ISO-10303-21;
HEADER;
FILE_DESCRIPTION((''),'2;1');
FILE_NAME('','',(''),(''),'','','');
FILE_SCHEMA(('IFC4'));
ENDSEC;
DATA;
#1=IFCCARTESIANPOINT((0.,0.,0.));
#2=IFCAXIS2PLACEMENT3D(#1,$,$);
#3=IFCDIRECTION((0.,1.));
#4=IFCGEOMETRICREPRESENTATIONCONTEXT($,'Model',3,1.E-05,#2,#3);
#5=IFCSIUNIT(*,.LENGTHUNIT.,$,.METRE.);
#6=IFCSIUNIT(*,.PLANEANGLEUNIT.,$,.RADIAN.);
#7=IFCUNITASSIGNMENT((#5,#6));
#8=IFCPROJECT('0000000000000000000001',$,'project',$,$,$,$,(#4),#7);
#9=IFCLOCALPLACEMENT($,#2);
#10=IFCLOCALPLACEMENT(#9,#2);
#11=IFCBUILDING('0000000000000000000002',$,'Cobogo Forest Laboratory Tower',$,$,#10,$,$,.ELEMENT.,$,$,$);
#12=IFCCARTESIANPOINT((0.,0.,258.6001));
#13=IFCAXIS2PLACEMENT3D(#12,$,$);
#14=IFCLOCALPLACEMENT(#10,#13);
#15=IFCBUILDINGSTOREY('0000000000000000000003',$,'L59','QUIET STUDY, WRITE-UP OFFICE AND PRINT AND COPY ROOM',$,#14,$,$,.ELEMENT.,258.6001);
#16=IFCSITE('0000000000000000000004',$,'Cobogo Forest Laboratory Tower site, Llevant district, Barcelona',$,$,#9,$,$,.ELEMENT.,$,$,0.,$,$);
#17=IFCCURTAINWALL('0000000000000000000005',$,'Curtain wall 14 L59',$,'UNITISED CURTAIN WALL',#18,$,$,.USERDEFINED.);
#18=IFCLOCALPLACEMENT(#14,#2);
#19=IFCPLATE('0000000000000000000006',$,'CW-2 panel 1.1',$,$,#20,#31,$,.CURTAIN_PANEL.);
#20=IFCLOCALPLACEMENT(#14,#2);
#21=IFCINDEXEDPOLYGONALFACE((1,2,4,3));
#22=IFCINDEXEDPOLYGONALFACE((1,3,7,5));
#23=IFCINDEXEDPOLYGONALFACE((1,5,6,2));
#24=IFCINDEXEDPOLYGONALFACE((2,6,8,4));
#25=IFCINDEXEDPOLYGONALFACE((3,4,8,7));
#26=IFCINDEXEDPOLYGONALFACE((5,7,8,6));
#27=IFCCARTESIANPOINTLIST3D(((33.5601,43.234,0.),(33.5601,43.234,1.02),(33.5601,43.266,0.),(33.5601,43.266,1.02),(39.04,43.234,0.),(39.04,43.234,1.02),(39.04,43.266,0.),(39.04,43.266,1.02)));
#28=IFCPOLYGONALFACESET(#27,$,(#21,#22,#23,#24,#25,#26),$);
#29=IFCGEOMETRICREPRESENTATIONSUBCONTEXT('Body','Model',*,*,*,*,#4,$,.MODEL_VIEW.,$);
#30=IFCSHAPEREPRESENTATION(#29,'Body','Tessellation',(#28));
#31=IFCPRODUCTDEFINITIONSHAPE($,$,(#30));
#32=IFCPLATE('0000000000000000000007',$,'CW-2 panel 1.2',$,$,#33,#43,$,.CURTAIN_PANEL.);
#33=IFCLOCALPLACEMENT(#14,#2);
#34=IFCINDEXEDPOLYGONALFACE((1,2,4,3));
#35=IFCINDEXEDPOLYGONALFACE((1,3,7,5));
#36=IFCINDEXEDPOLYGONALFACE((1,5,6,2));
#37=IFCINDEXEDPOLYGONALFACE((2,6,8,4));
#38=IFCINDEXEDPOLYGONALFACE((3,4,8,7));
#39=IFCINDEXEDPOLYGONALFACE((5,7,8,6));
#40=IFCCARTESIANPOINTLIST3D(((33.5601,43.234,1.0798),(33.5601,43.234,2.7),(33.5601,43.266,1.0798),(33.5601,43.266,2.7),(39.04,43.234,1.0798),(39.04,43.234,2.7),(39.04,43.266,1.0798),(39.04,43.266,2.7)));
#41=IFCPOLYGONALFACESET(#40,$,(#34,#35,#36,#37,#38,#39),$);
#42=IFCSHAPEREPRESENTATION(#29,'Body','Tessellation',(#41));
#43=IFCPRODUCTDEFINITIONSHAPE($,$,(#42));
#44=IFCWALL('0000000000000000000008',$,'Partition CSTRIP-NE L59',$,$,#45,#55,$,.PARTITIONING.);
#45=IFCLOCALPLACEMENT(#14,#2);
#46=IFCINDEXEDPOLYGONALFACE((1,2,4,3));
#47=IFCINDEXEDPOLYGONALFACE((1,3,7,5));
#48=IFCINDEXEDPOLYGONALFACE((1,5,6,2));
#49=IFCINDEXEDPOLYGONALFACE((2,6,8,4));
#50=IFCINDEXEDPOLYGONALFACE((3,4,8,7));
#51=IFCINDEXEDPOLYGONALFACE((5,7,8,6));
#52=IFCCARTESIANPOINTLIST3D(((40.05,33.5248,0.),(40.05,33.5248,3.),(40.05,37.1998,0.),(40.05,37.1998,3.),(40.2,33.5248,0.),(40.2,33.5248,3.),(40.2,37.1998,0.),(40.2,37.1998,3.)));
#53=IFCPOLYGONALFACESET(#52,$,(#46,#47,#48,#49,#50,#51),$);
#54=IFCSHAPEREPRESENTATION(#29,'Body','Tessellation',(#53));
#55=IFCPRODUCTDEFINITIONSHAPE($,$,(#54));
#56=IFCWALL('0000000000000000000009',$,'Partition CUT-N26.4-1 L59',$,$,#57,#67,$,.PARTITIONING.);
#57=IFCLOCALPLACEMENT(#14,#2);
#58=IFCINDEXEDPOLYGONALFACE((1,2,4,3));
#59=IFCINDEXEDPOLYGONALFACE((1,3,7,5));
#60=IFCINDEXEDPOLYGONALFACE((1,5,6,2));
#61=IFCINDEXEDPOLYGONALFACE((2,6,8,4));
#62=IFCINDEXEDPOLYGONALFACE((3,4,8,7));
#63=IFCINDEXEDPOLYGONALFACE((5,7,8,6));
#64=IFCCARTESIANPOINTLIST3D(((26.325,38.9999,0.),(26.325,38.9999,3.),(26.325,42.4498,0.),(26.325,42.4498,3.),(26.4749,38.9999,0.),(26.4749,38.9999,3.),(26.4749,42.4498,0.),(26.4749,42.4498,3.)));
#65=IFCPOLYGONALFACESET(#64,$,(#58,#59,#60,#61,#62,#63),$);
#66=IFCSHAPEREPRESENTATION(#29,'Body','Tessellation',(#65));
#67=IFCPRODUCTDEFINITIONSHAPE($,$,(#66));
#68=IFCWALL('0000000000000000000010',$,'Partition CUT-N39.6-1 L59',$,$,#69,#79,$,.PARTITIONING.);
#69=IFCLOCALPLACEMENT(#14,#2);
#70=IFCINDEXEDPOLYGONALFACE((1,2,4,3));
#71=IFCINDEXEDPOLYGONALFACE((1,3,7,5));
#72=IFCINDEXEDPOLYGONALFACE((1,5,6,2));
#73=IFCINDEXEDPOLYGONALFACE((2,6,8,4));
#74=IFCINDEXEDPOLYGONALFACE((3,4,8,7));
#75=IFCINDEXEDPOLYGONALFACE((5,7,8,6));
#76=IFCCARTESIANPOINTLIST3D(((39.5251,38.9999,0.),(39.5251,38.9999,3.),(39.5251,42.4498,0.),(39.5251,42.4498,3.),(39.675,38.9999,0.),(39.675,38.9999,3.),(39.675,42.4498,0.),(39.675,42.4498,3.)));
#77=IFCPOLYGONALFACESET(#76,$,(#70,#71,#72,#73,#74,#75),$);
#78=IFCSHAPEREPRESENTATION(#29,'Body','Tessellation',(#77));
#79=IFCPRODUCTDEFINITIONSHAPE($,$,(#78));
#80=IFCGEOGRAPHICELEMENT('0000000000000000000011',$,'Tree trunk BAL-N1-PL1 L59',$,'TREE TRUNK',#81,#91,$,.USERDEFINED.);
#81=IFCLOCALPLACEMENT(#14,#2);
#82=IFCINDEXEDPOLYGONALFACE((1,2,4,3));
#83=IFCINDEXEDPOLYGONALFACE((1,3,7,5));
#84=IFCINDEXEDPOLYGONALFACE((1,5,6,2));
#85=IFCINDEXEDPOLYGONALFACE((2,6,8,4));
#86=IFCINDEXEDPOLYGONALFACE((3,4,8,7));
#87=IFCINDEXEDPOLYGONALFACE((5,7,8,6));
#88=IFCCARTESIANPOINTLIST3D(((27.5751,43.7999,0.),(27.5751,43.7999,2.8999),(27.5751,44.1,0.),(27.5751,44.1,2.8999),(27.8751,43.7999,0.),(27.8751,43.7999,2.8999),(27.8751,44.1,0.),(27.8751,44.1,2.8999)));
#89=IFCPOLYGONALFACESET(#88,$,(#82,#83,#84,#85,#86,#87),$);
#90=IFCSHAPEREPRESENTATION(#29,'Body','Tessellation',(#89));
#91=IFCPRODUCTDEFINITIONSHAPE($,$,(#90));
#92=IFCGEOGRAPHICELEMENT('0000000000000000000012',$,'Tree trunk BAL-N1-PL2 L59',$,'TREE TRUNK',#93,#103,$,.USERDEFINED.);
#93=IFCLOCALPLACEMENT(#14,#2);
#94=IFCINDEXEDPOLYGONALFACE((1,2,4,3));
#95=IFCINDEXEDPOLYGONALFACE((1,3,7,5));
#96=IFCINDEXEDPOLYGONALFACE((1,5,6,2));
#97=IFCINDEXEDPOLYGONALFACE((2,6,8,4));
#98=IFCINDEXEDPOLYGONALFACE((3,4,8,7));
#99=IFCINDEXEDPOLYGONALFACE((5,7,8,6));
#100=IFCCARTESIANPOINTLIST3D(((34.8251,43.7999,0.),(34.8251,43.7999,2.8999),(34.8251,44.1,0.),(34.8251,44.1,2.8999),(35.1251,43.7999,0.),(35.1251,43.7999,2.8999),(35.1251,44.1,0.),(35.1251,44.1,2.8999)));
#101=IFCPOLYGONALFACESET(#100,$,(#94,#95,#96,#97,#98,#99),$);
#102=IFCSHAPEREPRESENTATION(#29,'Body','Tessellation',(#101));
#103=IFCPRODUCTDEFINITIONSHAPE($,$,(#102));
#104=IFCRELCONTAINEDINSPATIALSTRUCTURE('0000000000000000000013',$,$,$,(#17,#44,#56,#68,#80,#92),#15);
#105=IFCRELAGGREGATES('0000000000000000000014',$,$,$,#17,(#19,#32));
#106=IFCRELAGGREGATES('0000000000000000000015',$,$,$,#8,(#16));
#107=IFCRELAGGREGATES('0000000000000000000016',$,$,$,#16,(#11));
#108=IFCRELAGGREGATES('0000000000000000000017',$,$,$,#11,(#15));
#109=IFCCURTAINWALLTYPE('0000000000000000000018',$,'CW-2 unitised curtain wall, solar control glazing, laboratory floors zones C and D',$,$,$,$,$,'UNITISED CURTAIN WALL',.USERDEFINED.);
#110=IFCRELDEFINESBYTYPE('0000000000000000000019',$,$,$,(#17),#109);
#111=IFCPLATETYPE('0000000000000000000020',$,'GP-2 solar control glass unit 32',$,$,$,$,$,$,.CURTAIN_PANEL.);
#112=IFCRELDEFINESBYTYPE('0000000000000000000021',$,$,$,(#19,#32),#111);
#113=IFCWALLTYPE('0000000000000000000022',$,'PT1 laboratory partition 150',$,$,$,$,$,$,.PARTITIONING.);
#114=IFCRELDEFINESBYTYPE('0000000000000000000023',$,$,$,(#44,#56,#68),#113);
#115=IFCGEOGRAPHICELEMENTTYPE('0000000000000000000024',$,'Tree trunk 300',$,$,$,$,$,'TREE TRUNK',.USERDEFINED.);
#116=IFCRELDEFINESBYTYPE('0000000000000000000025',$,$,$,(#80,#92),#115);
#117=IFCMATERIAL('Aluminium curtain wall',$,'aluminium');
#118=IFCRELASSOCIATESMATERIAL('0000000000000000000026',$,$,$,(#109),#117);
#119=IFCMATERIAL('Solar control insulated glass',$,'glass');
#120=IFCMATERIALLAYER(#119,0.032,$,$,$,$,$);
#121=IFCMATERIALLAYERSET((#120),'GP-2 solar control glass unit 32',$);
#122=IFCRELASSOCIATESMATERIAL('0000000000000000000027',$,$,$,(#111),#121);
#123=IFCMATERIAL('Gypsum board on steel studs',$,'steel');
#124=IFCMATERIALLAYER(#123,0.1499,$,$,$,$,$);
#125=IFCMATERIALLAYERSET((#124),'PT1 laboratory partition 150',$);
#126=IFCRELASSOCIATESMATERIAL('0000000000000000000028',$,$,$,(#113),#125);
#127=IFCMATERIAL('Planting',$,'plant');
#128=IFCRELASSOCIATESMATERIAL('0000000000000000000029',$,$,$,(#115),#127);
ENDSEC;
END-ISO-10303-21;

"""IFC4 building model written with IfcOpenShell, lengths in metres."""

from ifc_helpers import new_model, si_unit, direction, frame, frame_2d, origin, origin_2d, place, context, subcontext, project, spatial, rectangle, extrude, material, layer, layer_set, type_object, element, aggregate, save


model = new_model("IFC4")

# Units and contexts
model_context = context("Model", 3, precision=1e-05, world=origin(), true_north=direction((0.0, 1.0)))
body_context = subcontext(model_context, "Body", "Model", "MODEL_VIEW")
ifc_project = project(units=[si_unit("LENGTHUNIT", "METRE"), si_unit("PLANEANGLEUNIT", "RADIAN")], contexts=[model_context])

# Site, building, storey
site_placement = place(None, origin())
site = spatial("IfcSite", under=ifc_project, at=site_placement, Name="Cobogo Forest Laboratory Tower site, Llevant district, Barcelona", CompositionType="ELEMENT", RefElevation=0.0)
building_placement = place(site_placement, origin())
building = spatial("IfcBuilding", under=site, at=building_placement, Name="Cobogo Forest Laboratory Tower", CompositionType="ELEMENT")
storey_placement = place(building_placement, frame((0.0, 0.0, 258.6001)))
storey = spatial("IfcBuildingStorey", under=building, at=storey_placement, Name="L59", Description="QUIET STUDY, WRITE-UP OFFICE AND PRINT AND COPY ROOM", CompositionType="ELEMENT", Elevation=258.6001)

# Curtain wall
ifc_material_1 = material(Name="Aluminium curtain wall", Category="aluminium")
curtain_wall_type = type_object("IfcCurtainWallType", Name="CW-2 unitised curtain wall, solar control glazing, laboratory floors zones C and D", ElementType="UNITISED CURTAIN WALL", PredefinedType="USERDEFINED", material=ifc_material_1)
curtain_wall_placement = place(storey_placement, origin())
curtain_wall = element("IfcCurtainWall", 1, at=curtain_wall_placement, inside=storey, type_object=curtain_wall_type, Name="Curtain wall 14 L59", ObjectType="UNITISED CURTAIN WALL", PredefinedType="USERDEFINED")

# Plates
ifc_material_2 = material(Name="Solar control insulated glass", Category="glass")
ifc_layer_1 = layer(ifc_material_2, 0.032)
ifc_layer_set_1 = layer_set([ifc_layer_1], Name="GP-2 solar control glass unit 32")
plate_type = type_object("IfcPlateType", Name="GP-2 solar control glass unit 32", PredefinedType="CURTAIN_PANEL", material=ifc_layer_set_1)
plate_1_placement = place(storey_placement, frame((36.3, 43.25, 0.0), z_axis=(0.0, 0.0, 1.0), x_axis=(-1.0, 0.0, 0.0)))
plate_1 = element("IfcPlate", 2, at=plate_1_placement, type_object=plate_type, Name="CW-2 panel 1.1", PredefinedType="CURTAIN_PANEL", context=body_context, shape_type="SweptSolid", body=[
    extrude(rectangle(XDim=5.48, YDim=0.032, at=origin_2d()), origin(), (0.0, 0.0, 1.0), 1.02),
])
plate_2_placement = place(storey_placement, frame((36.3, 43.25, 1.0798), z_axis=(0.0, 0.0, 1.0), x_axis=(-1.0, 0.0, 0.0)))
plate_2 = element("IfcPlate", 3, at=plate_2_placement, type_object=plate_type, Name="CW-2 panel 1.2", PredefinedType="CURTAIN_PANEL", context=body_context, shape_type="SweptSolid", body=[
    extrude(rectangle(XDim=5.48, YDim=0.032, at=origin_2d()), origin(), (0.0, 0.0, 1.0), 1.6201),
])
aggregate(curtain_wall, [plate_1, plate_2])

# Walls
ifc_material_3 = material(Name="Gypsum board on steel studs", Category="steel")
ifc_layer_2 = layer(ifc_material_3, 0.1499)
ifc_layer_set_2 = layer_set([ifc_layer_2], Name="PT1 laboratory partition 150")
wall_type_1 = type_object("IfcWallType", Name="PT1 laboratory partition 150", PredefinedType="PARTITIONING", material=ifc_layer_set_2)
wall_1_placement = place(storey_placement, frame((40.125, 33.5249, 0.0), z_axis=(0.0, 0.0, 1.0), x_axis=(0.0, 1.0, 0.0)))
element("IfcWall", 4, at=wall_1_placement, inside=storey, type_object=wall_type_1, Name="Partition CSTRIP-NE L59", PredefinedType="PARTITIONING", context=body_context, shape_type="SweptSolid", body=[
    extrude(rectangle(XDim=3.675, YDim=0.1499, at=frame_2d((1.8374, 0.0))), origin(), (0.0, 0.0, 1.0), 3.0),
])
for number, where, z_axis, x_axis, name in (
    (5, (26.3999, 42.45, 0.0), (0.0, 0.0, 1.0), (0.0, -1.0, 0.0), "Partition CUT-N26.4-1 L59"),
    (6, (39.6001, 42.45, 0.0), (0.0, 0.0, 1.0), (0.0, -1.0, 0.0), "Partition CUT-N39.6-1 L59"),
):
    element("IfcWall", number, at=place(storey_placement, frame(where, z_axis=z_axis, x_axis=x_axis)), inside=storey, type_object=wall_type_1, Name=name, PredefinedType="PARTITIONING", context=body_context, shape_type="SweptSolid", body=[
        extrude(rectangle(XDim=3.45, YDim=0.1499, at=frame_2d((1.7251, 0.0))), origin(), (0.0, 0.0, 1.0), 3.0),
    ])

# Geographic elements
ifc_material_4 = material(Name="Planting", Category="plant")
geographic_element_type = type_object("IfcGeographicElementType", Name="Tree trunk 300", ElementType="TREE TRUNK", PredefinedType="USERDEFINED", material=ifc_material_4)
for number, where, z_axis, x_axis, name in (
    (7, (27.7251, 43.95, 0.0), (0.0, 0.0, 1.0), (1.0, 0.0, 0.0), "Tree trunk BAL-N1-PL1 L59"),
    (8, (34.9751, 43.95, 0.0), (0.0, 0.0, 1.0), (1.0, 0.0, 0.0), "Tree trunk BAL-N1-PL2 L59"),
):
    element("IfcGeographicElement", number, at=place(storey_placement, frame(where, z_axis=z_axis, x_axis=x_axis)), inside=storey, type_object=geographic_element_type, Name=name, ObjectType="TREE TRUNK", PredefinedType="USERDEFINED", context=body_context, shape_type="SweptSolid", body=[
        extrude(rectangle(XDim=0.3, YDim=0.3, at=origin_2d()), origin(), (0.0, 0.0, 1.0), 2.8999),
    ])

save(model, "model.ifc")
